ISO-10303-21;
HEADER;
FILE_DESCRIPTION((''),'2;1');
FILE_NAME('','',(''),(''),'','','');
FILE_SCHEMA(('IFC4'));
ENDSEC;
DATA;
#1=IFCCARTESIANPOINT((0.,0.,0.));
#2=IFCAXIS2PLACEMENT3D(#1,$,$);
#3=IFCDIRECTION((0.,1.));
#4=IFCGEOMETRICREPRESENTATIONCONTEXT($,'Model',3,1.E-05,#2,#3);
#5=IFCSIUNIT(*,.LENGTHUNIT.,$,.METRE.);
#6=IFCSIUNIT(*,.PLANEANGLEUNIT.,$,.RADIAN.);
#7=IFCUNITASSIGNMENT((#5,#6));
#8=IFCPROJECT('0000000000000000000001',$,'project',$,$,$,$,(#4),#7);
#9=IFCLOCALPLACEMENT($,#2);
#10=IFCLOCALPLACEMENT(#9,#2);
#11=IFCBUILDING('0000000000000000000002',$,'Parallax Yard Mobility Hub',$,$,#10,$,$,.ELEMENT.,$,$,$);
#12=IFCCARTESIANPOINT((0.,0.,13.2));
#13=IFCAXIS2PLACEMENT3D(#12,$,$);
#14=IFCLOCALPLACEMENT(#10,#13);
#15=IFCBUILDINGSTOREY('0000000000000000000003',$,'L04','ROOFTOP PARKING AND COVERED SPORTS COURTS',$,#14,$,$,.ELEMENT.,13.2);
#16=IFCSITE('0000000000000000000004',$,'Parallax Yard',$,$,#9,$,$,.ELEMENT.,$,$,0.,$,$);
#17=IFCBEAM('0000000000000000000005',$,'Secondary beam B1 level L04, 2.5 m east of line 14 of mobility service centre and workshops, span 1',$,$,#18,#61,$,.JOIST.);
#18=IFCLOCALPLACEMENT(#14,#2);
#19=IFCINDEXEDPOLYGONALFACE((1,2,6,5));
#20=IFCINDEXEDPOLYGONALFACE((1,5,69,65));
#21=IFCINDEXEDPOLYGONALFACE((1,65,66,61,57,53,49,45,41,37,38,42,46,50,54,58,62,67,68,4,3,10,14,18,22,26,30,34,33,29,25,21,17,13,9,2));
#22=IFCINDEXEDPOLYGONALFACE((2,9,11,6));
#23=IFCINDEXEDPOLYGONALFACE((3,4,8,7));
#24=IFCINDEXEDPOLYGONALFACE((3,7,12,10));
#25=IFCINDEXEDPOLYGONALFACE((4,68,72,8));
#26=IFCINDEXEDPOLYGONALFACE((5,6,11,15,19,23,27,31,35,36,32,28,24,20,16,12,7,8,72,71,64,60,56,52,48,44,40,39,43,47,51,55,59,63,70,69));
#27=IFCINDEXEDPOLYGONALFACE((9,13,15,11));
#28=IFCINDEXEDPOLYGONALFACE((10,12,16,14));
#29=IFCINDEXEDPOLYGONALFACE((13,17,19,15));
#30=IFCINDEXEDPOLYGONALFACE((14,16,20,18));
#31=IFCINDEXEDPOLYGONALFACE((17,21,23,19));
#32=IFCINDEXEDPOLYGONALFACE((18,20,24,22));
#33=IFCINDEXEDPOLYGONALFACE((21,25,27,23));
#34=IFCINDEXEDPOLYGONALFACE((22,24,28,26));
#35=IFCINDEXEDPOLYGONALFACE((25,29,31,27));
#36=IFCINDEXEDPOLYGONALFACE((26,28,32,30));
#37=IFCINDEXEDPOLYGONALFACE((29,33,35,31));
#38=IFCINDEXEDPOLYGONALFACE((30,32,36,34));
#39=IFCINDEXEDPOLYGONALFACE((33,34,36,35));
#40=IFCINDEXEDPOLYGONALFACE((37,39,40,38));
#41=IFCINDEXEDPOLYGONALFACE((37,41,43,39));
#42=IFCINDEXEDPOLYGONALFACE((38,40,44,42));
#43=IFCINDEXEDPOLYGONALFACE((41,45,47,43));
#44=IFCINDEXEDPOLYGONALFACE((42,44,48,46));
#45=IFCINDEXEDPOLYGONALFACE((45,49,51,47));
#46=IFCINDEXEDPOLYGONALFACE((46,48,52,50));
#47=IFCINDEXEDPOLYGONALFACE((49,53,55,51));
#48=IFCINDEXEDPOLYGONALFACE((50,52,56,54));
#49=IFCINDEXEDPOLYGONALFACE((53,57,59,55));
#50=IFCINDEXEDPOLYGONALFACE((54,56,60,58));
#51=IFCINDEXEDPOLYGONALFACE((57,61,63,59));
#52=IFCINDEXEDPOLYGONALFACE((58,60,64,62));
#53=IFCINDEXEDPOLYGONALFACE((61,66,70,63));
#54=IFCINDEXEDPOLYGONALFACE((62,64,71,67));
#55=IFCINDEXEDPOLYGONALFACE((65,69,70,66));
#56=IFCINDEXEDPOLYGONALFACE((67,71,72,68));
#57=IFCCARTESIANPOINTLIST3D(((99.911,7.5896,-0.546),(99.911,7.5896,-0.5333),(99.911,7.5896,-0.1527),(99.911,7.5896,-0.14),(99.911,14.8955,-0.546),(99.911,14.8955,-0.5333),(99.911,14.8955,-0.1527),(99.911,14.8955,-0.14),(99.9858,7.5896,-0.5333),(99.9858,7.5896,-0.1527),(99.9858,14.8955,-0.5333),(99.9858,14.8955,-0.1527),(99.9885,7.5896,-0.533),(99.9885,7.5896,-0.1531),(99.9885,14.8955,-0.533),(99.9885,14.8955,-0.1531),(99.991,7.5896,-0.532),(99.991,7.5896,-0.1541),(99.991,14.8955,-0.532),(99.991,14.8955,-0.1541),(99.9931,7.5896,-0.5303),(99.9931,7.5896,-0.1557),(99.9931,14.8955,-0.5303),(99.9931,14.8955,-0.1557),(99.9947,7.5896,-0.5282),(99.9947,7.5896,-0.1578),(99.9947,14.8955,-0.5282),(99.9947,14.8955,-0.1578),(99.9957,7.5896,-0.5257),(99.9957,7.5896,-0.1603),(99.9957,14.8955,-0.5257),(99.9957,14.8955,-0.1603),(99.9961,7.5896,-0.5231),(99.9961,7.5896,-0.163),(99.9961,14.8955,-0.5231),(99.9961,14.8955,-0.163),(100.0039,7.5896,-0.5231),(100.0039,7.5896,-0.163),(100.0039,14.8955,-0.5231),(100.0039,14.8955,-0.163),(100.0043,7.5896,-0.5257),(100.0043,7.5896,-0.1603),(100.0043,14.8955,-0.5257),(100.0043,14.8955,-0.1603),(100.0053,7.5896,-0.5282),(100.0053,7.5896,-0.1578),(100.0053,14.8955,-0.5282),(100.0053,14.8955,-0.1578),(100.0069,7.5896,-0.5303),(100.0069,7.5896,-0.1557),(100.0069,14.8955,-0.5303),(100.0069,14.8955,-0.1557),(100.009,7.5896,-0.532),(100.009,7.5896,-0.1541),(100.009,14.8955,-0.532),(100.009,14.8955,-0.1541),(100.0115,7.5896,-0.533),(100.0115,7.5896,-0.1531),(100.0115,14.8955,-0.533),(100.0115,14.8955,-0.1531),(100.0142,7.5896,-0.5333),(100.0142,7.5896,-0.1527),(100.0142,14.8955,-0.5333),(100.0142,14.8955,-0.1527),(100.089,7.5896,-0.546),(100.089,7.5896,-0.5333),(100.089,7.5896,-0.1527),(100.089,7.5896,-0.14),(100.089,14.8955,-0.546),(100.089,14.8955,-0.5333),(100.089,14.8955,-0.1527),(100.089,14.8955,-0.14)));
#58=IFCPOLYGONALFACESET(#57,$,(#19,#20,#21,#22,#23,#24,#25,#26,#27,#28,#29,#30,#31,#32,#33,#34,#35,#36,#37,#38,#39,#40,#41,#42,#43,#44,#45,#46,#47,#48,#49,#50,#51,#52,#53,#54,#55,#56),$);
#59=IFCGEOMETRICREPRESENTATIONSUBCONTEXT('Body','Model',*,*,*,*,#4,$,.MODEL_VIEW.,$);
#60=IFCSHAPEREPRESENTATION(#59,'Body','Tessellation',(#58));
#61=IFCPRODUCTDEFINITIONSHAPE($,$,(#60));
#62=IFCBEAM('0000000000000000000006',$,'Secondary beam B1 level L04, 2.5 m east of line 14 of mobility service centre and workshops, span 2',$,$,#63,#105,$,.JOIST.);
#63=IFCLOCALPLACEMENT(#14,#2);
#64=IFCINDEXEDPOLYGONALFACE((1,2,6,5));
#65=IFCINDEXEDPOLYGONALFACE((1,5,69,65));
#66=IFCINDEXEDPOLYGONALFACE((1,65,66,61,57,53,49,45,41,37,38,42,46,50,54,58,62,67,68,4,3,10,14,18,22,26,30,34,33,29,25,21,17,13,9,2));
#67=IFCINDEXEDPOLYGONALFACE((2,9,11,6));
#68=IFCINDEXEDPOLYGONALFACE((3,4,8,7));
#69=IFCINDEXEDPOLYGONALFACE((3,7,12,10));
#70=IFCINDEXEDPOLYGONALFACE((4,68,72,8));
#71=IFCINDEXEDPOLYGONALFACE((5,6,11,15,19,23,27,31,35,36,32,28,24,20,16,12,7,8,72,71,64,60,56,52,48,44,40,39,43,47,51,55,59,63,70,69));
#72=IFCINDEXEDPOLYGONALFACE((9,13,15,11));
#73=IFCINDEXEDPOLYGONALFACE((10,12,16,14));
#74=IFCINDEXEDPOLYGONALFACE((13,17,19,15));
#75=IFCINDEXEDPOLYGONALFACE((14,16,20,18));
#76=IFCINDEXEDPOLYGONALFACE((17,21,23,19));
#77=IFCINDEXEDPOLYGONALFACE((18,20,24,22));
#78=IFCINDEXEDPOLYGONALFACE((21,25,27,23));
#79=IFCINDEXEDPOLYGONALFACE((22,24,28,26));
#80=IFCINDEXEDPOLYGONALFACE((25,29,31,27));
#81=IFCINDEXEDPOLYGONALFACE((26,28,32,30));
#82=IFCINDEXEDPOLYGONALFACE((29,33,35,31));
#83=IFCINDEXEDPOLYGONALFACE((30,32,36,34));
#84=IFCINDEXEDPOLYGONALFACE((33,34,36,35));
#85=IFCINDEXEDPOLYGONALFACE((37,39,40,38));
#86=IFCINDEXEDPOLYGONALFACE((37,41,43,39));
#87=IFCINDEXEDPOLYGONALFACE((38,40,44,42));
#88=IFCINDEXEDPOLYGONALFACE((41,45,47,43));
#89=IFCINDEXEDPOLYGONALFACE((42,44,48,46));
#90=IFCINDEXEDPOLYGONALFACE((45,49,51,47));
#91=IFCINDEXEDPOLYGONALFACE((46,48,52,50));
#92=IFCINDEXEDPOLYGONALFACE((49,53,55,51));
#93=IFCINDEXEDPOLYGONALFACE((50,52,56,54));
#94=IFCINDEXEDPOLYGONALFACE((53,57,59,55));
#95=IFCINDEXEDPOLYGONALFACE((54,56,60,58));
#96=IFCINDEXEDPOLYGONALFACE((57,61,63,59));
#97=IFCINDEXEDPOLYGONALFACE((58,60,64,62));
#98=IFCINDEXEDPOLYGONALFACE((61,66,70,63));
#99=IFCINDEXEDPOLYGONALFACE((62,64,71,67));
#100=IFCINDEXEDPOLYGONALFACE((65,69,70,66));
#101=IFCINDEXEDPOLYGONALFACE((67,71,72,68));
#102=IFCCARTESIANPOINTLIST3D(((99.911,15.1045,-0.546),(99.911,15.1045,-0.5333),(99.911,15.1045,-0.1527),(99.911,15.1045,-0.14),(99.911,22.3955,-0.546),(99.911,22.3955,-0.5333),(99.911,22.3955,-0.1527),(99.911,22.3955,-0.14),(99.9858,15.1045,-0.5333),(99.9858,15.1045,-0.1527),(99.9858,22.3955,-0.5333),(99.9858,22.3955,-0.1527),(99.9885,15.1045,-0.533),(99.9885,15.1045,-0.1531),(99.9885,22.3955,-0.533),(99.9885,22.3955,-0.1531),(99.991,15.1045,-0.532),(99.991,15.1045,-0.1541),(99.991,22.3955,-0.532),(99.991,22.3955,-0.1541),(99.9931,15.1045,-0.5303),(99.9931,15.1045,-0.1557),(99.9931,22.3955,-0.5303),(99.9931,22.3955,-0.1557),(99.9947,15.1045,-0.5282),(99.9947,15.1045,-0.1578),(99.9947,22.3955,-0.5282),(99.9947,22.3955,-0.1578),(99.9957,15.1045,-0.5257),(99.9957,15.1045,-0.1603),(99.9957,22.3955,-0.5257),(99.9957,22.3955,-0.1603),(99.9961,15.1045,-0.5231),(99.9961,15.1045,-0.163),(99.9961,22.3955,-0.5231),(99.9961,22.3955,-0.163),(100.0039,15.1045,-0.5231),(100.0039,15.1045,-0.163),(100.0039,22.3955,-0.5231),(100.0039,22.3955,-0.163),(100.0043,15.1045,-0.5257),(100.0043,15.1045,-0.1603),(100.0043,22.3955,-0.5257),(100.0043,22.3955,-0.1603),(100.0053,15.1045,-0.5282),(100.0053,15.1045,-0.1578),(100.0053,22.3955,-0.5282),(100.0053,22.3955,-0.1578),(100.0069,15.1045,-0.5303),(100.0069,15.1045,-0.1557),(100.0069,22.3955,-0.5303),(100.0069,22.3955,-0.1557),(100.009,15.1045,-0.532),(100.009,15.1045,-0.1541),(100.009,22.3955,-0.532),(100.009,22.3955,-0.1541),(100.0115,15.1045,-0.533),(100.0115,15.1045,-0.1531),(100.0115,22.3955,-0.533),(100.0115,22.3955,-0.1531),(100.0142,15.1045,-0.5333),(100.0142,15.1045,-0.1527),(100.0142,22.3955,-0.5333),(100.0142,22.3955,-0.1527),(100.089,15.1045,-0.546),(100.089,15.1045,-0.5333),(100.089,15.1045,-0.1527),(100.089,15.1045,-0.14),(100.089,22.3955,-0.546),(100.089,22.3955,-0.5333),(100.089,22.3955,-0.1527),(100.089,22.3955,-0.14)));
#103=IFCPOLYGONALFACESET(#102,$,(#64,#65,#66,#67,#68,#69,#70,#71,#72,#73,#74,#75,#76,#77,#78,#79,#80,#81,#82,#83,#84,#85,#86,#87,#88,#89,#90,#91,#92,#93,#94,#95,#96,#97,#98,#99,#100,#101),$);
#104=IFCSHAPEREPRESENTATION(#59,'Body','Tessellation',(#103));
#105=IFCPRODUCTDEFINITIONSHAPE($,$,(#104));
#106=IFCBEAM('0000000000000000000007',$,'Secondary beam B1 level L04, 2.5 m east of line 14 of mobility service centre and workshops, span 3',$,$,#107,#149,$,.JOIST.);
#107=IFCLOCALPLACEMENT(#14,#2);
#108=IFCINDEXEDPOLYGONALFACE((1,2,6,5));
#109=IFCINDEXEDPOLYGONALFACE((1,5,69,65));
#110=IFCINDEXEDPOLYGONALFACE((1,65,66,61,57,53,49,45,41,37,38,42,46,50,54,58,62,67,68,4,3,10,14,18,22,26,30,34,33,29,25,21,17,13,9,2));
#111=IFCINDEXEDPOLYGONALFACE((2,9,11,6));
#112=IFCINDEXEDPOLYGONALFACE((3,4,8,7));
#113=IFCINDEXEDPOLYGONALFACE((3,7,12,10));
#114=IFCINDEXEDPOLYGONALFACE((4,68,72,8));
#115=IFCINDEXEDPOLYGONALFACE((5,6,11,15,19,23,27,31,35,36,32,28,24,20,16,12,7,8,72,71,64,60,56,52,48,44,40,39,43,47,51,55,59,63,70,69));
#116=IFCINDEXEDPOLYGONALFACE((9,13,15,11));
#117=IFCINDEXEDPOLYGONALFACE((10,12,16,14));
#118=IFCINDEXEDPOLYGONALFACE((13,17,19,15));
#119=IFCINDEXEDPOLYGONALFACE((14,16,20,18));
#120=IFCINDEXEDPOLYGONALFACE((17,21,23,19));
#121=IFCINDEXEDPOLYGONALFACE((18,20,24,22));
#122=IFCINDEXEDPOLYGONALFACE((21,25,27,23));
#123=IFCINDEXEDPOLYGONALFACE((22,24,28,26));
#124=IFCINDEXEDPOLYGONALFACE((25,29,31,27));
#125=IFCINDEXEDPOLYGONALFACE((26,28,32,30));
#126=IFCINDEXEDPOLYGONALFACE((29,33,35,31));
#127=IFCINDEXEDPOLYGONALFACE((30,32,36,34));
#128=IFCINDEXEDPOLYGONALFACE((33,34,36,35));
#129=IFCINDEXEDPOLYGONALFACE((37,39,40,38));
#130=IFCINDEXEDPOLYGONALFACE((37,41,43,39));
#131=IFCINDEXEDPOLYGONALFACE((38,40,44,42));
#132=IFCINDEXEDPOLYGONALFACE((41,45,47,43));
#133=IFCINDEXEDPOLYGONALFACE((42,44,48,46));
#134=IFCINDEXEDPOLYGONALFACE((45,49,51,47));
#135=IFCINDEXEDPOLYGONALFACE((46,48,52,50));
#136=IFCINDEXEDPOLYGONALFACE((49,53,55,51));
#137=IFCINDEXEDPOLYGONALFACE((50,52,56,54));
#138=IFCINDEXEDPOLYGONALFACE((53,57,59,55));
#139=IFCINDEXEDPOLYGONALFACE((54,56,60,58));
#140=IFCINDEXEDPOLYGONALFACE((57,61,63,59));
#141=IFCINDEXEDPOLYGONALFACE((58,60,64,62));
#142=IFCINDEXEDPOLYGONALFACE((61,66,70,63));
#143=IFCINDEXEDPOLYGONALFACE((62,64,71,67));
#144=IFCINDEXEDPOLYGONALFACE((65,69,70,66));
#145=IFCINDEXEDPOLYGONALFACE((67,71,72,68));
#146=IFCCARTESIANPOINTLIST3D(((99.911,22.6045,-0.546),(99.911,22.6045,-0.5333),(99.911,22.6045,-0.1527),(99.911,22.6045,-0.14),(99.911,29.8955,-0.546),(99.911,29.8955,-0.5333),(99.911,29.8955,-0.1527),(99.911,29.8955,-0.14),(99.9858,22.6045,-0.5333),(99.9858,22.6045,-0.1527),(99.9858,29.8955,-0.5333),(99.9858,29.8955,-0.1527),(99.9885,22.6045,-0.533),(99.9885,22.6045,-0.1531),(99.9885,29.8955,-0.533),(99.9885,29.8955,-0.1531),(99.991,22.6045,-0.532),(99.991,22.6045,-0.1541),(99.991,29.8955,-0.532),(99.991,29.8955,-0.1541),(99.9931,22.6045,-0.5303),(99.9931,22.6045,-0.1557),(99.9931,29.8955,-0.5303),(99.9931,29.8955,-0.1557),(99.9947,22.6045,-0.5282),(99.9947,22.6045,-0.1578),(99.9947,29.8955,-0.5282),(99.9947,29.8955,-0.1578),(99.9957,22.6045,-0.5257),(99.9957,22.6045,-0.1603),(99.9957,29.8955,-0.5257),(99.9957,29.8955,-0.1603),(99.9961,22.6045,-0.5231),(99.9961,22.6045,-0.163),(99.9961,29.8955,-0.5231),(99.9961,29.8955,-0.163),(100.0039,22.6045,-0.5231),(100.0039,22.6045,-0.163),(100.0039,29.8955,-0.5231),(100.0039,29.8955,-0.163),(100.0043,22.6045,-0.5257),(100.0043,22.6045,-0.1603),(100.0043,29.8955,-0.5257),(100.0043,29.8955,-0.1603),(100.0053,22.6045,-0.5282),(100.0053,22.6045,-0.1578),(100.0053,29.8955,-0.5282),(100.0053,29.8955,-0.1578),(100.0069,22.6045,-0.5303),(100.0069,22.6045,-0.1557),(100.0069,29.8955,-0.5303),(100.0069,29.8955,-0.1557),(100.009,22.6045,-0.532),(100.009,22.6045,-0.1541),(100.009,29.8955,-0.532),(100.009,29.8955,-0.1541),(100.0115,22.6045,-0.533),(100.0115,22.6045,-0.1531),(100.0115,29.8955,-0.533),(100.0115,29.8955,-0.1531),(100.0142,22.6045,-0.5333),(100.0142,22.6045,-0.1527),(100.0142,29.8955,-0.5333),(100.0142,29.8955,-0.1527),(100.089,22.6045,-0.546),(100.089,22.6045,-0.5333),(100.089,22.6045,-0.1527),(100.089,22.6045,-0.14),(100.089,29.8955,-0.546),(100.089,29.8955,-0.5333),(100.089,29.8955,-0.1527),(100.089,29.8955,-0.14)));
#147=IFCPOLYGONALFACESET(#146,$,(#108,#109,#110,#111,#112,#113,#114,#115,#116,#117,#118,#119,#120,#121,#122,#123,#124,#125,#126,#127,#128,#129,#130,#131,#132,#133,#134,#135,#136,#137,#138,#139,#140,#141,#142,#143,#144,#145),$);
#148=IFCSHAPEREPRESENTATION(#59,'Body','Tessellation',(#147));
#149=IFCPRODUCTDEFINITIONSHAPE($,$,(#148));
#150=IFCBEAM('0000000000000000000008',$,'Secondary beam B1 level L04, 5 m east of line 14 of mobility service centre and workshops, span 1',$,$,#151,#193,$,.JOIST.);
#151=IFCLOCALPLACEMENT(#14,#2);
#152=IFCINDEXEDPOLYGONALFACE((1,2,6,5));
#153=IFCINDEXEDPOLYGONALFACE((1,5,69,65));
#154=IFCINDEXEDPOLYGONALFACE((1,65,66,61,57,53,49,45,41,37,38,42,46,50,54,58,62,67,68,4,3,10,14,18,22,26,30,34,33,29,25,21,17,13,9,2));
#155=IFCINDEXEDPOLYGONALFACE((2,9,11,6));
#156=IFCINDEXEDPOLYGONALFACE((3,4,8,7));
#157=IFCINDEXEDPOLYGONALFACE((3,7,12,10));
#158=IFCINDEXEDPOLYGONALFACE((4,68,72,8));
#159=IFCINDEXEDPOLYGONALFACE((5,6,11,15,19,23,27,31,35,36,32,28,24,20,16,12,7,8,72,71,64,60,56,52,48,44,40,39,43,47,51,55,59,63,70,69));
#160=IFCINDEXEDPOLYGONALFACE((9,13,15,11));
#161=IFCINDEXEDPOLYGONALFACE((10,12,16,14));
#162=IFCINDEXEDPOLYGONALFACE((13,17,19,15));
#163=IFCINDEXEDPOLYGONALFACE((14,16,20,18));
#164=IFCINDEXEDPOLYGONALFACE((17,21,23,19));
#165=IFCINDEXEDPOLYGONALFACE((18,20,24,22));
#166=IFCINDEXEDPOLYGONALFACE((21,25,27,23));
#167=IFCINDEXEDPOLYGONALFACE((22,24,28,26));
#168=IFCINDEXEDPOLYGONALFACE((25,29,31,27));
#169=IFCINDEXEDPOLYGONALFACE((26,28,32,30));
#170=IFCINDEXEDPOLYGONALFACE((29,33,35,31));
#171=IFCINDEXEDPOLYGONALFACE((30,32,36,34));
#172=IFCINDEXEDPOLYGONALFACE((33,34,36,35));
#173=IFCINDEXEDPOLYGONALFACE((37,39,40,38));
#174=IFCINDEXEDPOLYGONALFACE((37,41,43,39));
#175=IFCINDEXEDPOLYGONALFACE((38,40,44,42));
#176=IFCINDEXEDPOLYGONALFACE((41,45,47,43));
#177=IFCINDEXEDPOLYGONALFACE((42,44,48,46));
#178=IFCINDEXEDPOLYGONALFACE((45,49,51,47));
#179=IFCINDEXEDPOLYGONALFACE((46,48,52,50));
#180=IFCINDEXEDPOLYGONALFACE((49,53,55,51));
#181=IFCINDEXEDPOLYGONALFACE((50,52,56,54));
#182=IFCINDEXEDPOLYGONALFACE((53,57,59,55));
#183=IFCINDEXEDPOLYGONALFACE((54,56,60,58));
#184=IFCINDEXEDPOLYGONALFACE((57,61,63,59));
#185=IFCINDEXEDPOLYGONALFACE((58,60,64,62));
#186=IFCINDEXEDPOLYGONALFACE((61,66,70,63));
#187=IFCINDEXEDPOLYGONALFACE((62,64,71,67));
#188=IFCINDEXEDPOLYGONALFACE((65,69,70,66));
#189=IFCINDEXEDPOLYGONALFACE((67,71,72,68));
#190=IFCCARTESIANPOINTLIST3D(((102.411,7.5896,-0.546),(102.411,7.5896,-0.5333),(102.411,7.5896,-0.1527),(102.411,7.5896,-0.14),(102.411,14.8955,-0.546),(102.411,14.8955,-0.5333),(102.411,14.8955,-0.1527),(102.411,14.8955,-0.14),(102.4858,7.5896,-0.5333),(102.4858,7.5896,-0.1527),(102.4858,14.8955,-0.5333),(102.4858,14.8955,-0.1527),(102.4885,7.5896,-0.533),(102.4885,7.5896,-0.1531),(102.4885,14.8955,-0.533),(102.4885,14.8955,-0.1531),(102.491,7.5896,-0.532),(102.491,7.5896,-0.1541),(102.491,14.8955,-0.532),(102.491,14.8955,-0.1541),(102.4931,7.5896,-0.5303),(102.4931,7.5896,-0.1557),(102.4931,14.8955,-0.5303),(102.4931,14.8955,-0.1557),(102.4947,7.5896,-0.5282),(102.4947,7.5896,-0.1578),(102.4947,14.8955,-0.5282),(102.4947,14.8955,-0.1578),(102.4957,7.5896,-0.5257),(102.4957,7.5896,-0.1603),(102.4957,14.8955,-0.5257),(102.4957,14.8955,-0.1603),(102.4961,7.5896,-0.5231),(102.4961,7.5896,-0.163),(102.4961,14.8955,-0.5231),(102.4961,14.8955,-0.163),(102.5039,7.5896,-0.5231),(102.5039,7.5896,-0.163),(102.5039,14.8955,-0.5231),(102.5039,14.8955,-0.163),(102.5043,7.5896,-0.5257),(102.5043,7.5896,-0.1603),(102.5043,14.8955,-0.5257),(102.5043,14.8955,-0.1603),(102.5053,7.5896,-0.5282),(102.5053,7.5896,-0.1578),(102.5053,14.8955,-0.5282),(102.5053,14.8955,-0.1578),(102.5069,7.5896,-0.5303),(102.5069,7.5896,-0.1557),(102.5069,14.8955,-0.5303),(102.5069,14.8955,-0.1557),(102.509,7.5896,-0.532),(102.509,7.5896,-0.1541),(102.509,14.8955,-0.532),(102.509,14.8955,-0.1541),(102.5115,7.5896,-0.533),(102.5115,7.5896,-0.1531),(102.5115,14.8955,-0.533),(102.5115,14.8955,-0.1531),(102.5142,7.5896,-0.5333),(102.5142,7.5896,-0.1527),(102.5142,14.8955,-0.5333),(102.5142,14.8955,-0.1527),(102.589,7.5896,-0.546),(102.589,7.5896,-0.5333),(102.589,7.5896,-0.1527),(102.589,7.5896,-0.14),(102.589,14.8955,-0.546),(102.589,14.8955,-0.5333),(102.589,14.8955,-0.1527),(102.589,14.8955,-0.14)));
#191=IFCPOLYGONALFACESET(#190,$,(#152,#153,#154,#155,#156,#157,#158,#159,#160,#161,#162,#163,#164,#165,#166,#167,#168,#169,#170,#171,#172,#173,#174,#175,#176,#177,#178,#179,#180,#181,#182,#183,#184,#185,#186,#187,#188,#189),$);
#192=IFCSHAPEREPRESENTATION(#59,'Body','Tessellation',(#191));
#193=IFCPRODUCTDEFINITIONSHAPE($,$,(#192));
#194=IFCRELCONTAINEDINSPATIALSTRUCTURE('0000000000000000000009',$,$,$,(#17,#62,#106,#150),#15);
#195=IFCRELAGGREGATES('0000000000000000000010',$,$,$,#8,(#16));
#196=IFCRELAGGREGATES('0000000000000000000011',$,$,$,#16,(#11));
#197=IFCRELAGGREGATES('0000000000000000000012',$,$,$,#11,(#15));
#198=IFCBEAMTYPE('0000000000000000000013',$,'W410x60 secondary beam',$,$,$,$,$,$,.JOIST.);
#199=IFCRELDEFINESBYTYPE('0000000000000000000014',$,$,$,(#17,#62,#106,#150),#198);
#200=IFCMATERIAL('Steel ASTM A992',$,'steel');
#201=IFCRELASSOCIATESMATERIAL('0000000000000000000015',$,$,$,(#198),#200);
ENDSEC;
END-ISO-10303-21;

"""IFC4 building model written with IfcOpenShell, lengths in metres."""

from ifc_helpers import new_model, si_unit, direction, frame, origin, origin_2d, place, context, subcontext, project, spatial, i_section, extrude, material, material_profile, profile_set, type_object, element, save


model = new_model("IFC4")

# Units and contexts
model_context = context("Model", 3, precision=1e-05, world=origin(), true_north=direction((0.0, 1.0)))
body_context = subcontext(model_context, "Body", "Model", "MODEL_VIEW")
ifc_project = project(units=[si_unit("LENGTHUNIT", "METRE"), si_unit("PLANEANGLEUNIT", "RADIAN")], contexts=[model_context])

# Site, building, storey
site_placement = place(None, origin())
site = spatial("IfcSite", under=ifc_project, at=site_placement, Name="Parallax Yard", CompositionType="ELEMENT", RefElevation=0.0)
building_placement = place(site_placement, origin())
building = spatial("IfcBuilding", under=site, at=building_placement, Name="Parallax Yard Mobility Hub", CompositionType="ELEMENT")
storey_placement = place(building_placement, frame((0.0, 0.0, 13.2)))
storey = spatial("IfcBuildingStorey", under=building, at=storey_placement, Name="L04", Description="ROOFTOP PARKING AND COVERED SPORTS COURTS", CompositionType="ELEMENT", Elevation=13.2)

# Shared definitions
ifc_material_1 = material(Name="Steel ASTM A992", Category="steel")

# Beams
ifc_material_profile_1 = material_profile(ifc_material_1, i_section(OverallWidth=0.178, OverallDepth=0.406, WebThickness=0.0078, FlangeThickness=0.0127, FilletRadius=0.0103, at=origin_2d()), Name="W410x60")
ifc_profile_set_1 = profile_set([ifc_material_profile_1], Name="Steel ASTM A992")
beam_type_1 = type_object("IfcBeamType", Name="W410x60 secondary beam", PredefinedType="JOIST", material=ifc_profile_set_1)
beam_1_placement = place(storey_placement, frame((100.0, 7.5896, -0.343), z_axis=(0.0, 1.0, 0.0), x_axis=(-1.0, 0.0, 0.0)))
element("IfcBeam", 1, at=beam_1_placement, inside=storey, type_object=beam_type_1, Name="Secondary beam B1 level L04, 2.5 m east of line 14 of mobility service centre and workshops, span 1", PredefinedType="JOIST", context=body_context, shape_type="SweptSolid", body=[
    extrude(i_section(OverallWidth=0.178, OverallDepth=0.406, WebThickness=0.0078, FlangeThickness=0.0127, FilletRadius=0.0103, at=origin_2d()), origin(), (0.0, 0.0, 1.0), 7.3059),
])
for number, where, z_axis, x_axis, name in (
    (2, (100.0, 15.1045, -0.343), (0.0, 1.0, 0.0), (-1.0, 0.0, 0.0), "Secondary beam B1 level L04, 2.5 m east of line 14 of mobility service centre and workshops, span 2"),
    (3, (100.0, 22.6045, -0.343), (0.0, 1.0, 0.0), (-1.0, 0.0, 0.0), "Secondary beam B1 level L04, 2.5 m east of line 14 of mobility service centre and workshops, span 3"),
):
    element("IfcBeam", number, at=place(storey_placement, frame(where, z_axis=z_axis, x_axis=x_axis)), inside=storey, type_object=beam_type_1, Name=name, PredefinedType="JOIST", context=body_context, shape_type="SweptSolid", body=[
        extrude(i_section(OverallWidth=0.178, OverallDepth=0.406, WebThickness=0.0078, FlangeThickness=0.0127, FilletRadius=0.0103, at=origin_2d()), origin(), (0.0, 0.0, 1.0), 7.291),
    ])
beam_2_placement = place(storey_placement, frame((102.5, 7.5896, -0.343), z_axis=(0.0, 1.0, 0.0), x_axis=(-1.0, 0.0, 0.0)))
element("IfcBeam", 4, at=beam_2_placement, inside=storey, type_object=beam_type_1, Name="Secondary beam B1 level L04, 5 m east of line 14 of mobility service centre and workshops, span 1", PredefinedType="JOIST", context=body_context, shape_type="SweptSolid", body=[
    extrude(i_section(OverallWidth=0.178, OverallDepth=0.406, WebThickness=0.0078, FlangeThickness=0.0127, FilletRadius=0.0103, at=origin_2d()), origin(), (0.0, 0.0, 1.0), 7.3059),
])

save(model, "model.ifc")
